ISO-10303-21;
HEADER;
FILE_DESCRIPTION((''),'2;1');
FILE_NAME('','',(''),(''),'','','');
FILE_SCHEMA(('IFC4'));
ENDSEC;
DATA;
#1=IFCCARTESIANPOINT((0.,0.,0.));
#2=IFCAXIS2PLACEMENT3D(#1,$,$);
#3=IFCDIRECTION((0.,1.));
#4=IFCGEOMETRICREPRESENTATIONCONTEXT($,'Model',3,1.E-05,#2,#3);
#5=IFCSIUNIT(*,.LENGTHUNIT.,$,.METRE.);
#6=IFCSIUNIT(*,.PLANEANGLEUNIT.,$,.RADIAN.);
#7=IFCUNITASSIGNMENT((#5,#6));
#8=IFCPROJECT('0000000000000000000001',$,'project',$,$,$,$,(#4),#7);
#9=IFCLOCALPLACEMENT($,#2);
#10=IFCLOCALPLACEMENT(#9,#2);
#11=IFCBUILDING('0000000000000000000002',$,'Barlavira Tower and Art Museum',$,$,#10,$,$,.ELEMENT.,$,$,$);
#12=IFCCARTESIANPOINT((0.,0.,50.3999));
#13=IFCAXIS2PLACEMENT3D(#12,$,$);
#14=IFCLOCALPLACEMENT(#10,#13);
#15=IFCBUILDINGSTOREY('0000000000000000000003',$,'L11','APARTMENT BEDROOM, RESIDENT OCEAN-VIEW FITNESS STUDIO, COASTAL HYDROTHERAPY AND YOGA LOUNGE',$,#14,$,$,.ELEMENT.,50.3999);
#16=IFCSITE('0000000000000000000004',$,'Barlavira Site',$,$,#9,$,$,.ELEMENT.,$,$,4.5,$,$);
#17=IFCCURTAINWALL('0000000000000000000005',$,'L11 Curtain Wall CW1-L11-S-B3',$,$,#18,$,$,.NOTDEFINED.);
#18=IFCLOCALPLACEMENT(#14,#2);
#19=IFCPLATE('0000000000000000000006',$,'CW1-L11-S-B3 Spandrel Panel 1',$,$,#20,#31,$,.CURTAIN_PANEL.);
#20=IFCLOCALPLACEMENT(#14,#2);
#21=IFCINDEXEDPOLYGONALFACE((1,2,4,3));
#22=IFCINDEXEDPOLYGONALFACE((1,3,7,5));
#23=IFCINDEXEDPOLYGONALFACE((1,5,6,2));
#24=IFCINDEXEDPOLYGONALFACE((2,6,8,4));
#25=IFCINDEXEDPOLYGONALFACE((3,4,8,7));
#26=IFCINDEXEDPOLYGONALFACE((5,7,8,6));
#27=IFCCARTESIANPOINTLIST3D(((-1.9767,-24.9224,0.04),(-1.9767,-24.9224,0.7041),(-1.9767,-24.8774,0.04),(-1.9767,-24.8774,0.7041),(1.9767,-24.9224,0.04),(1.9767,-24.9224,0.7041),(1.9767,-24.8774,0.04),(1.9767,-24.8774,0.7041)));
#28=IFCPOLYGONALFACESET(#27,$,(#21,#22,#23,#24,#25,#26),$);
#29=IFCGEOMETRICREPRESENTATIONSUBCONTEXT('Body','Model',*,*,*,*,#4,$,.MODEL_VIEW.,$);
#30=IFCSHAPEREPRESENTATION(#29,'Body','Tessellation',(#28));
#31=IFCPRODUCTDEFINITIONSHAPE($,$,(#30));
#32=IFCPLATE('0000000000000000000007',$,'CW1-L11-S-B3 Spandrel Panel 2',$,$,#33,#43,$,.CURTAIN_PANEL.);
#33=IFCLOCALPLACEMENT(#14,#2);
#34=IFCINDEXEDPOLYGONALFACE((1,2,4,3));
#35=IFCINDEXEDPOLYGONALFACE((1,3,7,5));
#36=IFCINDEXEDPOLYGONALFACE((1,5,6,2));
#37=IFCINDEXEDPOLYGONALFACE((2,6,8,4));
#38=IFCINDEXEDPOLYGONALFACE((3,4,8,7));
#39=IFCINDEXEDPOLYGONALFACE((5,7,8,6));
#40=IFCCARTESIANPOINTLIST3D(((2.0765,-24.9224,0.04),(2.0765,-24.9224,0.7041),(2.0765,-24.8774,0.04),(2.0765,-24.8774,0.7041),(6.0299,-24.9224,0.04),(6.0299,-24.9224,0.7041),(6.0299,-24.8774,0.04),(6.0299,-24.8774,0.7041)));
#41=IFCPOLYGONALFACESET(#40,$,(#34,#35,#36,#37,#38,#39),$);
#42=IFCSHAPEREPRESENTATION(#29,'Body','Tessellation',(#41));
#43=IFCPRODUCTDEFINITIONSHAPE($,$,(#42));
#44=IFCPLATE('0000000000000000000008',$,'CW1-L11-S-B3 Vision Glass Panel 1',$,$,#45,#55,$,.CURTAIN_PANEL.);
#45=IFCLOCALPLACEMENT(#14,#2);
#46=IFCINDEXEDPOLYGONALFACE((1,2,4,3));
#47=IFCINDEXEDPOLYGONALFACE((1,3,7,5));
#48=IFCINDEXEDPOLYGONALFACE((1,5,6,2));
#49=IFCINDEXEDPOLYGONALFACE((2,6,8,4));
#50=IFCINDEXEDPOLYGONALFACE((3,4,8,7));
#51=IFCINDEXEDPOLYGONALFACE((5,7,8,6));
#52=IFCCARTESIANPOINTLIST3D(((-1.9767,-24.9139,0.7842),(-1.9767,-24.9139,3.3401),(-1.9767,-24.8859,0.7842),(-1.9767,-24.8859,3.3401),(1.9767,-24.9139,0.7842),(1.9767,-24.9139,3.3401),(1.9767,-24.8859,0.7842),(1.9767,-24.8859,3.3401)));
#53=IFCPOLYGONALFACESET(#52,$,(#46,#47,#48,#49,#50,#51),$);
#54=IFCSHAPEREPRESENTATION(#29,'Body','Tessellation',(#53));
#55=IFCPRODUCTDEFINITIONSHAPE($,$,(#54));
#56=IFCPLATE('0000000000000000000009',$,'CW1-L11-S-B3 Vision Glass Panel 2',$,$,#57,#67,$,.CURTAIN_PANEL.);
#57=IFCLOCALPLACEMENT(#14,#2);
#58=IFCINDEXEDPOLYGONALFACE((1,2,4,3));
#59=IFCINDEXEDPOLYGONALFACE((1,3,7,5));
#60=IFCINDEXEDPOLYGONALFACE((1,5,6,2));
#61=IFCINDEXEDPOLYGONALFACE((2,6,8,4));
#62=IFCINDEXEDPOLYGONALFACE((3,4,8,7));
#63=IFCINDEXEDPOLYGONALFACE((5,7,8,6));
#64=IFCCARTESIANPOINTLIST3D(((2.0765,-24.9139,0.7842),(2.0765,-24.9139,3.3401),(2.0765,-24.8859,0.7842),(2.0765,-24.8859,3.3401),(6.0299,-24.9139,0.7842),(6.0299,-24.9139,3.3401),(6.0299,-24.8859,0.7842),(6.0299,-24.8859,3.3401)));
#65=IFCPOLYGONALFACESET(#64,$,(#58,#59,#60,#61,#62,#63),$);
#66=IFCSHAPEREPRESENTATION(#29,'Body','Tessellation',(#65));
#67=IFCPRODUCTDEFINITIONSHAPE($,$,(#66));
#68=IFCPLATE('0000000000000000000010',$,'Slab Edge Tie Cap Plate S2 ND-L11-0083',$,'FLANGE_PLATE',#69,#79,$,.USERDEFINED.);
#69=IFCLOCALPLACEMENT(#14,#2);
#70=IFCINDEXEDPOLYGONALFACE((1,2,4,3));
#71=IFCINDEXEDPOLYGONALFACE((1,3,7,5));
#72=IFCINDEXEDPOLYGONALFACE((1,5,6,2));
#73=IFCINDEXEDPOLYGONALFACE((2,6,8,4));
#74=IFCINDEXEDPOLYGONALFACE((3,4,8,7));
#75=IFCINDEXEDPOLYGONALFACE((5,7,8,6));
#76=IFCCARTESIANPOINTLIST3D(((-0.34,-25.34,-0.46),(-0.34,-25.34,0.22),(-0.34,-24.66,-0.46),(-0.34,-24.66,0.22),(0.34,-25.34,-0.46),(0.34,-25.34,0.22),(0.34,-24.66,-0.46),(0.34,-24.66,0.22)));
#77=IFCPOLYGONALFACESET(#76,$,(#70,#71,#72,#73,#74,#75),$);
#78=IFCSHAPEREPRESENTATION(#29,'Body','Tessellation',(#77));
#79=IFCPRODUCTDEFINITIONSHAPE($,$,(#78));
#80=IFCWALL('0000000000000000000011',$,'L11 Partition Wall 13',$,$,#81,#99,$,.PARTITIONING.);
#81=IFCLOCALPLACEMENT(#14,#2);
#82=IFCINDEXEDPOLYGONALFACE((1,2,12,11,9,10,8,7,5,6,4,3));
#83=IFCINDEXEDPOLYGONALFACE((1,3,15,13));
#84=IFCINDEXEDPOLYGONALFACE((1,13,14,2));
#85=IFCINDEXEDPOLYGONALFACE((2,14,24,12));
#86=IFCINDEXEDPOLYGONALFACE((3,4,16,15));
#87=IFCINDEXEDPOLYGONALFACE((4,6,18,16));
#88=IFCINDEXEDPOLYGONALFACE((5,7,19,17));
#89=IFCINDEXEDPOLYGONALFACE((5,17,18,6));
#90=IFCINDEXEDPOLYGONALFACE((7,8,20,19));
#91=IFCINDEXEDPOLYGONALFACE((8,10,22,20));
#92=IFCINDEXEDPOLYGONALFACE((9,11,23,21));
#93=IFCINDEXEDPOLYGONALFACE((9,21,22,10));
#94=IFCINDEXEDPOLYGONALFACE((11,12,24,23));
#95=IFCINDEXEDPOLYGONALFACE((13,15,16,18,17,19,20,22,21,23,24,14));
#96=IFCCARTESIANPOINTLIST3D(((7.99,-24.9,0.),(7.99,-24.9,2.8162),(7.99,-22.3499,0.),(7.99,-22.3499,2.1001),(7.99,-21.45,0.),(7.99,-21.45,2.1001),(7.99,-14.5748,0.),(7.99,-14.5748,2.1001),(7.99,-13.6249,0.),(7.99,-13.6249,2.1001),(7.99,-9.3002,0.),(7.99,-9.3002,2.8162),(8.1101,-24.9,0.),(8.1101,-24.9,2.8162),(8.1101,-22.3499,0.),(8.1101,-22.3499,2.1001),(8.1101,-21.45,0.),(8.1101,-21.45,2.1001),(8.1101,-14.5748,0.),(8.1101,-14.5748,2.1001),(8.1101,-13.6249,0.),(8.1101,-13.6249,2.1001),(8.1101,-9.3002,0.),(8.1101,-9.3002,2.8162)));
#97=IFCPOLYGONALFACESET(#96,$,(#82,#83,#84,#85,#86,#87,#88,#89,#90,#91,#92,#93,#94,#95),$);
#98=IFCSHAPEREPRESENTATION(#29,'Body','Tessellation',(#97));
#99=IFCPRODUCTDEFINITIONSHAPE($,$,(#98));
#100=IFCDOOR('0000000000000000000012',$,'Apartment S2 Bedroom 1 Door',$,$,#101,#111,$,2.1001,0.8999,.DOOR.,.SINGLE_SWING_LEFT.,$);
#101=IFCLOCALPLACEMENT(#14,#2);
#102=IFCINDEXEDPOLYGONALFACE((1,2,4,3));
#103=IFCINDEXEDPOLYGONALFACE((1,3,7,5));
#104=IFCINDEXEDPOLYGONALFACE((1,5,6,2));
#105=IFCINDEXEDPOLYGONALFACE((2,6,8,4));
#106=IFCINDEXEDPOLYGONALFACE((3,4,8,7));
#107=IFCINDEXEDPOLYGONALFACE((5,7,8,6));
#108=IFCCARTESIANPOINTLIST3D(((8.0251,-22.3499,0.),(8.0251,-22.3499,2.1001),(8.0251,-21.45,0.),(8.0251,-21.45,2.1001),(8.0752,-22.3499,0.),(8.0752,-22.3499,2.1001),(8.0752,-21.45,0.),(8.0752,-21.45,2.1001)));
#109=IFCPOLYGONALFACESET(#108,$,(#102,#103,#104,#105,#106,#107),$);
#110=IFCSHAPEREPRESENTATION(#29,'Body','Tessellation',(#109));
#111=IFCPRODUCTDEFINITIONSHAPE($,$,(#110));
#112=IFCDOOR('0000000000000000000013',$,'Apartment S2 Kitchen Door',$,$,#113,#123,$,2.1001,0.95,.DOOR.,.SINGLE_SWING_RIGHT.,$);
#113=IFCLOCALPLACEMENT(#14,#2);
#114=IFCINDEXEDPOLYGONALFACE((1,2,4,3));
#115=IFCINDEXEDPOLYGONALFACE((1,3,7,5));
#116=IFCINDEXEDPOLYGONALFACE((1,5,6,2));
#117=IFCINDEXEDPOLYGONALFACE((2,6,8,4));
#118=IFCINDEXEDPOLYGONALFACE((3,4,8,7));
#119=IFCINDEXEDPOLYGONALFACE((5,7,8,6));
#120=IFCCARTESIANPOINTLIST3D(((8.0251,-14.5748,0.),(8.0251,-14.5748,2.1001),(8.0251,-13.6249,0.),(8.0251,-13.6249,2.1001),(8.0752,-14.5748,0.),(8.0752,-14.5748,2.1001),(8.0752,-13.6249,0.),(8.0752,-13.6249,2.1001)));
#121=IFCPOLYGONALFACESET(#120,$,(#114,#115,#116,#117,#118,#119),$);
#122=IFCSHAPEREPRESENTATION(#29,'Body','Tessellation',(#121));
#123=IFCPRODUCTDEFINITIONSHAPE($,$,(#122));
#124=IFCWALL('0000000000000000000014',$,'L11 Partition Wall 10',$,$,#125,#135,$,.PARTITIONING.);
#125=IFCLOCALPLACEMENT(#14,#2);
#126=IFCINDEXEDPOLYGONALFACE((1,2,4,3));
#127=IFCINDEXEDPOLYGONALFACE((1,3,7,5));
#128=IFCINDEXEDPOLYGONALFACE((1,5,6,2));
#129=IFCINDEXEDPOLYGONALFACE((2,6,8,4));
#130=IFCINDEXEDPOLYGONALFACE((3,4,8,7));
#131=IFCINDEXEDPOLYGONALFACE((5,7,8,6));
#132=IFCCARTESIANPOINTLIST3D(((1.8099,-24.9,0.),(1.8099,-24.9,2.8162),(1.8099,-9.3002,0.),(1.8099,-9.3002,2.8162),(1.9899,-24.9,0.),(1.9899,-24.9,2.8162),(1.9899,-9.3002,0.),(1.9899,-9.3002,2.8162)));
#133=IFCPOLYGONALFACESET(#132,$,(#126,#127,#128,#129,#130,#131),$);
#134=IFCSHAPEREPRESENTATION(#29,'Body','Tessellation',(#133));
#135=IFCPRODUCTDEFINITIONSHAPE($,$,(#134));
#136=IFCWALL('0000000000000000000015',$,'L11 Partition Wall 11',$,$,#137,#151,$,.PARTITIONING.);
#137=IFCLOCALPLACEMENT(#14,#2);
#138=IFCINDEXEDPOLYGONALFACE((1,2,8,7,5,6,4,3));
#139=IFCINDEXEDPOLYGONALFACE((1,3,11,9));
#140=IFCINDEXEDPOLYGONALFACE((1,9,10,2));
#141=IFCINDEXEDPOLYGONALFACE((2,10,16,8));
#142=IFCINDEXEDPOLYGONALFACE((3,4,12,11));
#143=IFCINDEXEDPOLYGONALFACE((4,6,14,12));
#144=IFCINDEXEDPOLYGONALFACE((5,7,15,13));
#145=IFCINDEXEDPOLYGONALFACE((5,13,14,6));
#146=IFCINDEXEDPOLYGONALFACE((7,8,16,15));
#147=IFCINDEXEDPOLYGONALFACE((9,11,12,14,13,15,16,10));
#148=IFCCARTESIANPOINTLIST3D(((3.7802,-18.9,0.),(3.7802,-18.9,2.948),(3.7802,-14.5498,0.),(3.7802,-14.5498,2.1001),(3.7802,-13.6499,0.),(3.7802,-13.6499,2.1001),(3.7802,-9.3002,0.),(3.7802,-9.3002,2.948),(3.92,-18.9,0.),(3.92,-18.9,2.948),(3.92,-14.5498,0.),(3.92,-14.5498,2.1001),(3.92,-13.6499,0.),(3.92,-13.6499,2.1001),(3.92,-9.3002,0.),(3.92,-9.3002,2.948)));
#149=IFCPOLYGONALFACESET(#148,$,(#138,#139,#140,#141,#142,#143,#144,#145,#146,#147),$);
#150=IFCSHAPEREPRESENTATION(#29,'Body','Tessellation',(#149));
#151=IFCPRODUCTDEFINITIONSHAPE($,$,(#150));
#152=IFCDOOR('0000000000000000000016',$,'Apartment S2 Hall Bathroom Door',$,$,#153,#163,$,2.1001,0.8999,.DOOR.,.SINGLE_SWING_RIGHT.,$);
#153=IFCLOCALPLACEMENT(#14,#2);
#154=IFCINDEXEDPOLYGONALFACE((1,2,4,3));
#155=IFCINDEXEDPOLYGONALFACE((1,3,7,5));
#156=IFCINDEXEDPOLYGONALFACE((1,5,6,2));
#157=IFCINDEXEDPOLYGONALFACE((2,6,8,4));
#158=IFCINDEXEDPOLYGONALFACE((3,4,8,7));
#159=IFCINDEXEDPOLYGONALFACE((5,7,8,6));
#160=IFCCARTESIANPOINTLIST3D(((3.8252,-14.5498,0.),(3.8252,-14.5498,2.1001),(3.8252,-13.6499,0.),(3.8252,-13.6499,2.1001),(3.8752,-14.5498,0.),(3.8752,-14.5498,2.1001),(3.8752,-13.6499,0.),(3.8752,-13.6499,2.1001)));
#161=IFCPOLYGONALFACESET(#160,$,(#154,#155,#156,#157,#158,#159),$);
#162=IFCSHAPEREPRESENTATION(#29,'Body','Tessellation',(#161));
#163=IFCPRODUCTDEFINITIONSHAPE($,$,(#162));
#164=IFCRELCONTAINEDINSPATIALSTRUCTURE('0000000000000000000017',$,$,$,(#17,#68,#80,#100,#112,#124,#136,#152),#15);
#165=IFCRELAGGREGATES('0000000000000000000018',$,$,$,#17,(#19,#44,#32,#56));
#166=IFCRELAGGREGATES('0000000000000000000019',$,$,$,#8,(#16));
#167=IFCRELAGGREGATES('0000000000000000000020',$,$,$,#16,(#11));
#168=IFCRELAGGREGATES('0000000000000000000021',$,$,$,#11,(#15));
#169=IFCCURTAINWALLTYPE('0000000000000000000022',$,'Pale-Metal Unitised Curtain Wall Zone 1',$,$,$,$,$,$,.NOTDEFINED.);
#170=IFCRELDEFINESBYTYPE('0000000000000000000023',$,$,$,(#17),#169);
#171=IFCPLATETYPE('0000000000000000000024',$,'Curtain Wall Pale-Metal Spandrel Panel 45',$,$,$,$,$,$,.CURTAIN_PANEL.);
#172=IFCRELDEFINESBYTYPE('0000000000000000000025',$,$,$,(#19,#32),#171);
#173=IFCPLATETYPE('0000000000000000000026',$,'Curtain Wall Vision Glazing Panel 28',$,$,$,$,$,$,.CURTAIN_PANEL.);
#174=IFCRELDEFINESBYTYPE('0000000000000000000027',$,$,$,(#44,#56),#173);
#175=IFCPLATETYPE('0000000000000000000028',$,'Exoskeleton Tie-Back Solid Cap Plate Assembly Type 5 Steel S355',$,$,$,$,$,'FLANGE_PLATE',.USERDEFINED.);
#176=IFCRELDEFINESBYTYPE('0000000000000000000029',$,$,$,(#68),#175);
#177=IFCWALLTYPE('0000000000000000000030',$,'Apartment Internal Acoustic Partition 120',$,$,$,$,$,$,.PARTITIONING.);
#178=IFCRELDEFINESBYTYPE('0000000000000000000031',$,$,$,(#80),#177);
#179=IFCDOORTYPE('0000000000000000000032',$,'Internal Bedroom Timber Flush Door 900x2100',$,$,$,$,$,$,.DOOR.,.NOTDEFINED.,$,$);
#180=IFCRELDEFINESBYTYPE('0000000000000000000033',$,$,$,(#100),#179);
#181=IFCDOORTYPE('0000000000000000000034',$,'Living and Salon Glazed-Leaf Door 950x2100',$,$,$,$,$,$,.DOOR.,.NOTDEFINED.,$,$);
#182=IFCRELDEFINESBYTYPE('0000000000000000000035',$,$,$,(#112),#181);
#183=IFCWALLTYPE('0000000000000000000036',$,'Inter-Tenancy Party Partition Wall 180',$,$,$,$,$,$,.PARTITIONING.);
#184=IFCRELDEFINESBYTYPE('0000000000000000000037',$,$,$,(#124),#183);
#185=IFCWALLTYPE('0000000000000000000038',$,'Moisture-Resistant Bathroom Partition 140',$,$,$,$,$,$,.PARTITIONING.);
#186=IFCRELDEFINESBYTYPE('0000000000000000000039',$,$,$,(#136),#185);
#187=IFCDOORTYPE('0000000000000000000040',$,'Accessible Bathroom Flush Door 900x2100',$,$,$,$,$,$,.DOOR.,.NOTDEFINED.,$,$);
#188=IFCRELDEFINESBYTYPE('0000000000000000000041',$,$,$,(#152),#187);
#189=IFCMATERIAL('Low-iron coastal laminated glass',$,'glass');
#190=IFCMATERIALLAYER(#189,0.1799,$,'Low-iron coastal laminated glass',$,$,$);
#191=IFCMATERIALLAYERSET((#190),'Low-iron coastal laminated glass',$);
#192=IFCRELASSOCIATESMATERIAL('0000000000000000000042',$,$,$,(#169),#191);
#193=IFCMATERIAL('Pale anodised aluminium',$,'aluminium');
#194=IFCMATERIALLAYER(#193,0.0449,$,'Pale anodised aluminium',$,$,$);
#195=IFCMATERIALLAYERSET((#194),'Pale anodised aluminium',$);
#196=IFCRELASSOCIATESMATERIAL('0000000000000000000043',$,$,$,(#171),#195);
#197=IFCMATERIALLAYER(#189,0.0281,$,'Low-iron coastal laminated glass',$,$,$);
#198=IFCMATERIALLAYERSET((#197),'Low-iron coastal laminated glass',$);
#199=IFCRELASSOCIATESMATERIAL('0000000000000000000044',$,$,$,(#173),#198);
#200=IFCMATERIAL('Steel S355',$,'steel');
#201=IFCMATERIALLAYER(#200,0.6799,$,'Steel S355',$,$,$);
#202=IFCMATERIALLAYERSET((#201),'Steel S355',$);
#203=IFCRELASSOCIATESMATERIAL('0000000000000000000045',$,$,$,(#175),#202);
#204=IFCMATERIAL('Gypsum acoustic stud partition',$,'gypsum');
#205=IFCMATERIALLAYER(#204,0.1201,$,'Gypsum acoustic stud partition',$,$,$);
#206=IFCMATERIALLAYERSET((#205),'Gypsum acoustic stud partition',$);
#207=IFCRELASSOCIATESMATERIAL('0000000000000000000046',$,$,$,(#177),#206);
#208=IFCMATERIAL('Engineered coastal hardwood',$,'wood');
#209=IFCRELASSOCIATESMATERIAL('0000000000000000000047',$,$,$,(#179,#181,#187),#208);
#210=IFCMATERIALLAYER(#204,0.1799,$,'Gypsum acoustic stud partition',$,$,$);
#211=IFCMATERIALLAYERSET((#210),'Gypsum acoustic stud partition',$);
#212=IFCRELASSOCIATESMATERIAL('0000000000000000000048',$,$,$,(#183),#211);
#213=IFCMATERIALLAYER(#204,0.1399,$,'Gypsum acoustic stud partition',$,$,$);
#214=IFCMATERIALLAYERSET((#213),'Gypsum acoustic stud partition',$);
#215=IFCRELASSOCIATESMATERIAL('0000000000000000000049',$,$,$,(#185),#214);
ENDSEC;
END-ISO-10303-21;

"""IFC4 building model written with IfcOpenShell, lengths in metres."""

from ifc_helpers import new_model, si_unit, direction, frame, frame_2d, origin, origin_2d, place, context, subcontext, project, spatial, rectangle, extrude, material, layer, layer_set, type_object, element, fill, aggregate, save


model = new_model("IFC4")

# Units and contexts
model_context = context("Model", 3, precision=1e-05, world=origin(), true_north=direction((0.0, 1.0)))
body_context = subcontext(model_context, "Body", "Model", "MODEL_VIEW")
ifc_project = project(units=[si_unit("LENGTHUNIT", "METRE"), si_unit("PLANEANGLEUNIT", "RADIAN")], contexts=[model_context])

# Site, building, storey
site_placement = place(None, origin())
site = spatial("IfcSite", under=ifc_project, at=site_placement, Name="Barlavira Site", CompositionType="ELEMENT", RefElevation=4.5)
building_placement = place(site_placement, origin())
building = spatial("IfcBuilding", under=site, at=building_placement, Name="Barlavira Tower and Art Museum", CompositionType="ELEMENT")
storey_placement = place(building_placement, frame((0.0, 0.0, 50.3999)))
storey = spatial("IfcBuildingStorey", under=building, at=storey_placement, Name="L11", Description="APARTMENT BEDROOM, RESIDENT OCEAN-VIEW FITNESS STUDIO, COASTAL HYDROTHERAPY AND YOGA LOUNGE", CompositionType="ELEMENT", Elevation=50.3999)

# Curtain wall
ifc_material_1 = material(Name="Low-iron coastal laminated glass", Category="glass")
ifc_layer_1 = layer(ifc_material_1, 0.1799, Name="Low-iron coastal laminated glass")
ifc_layer_set_1 = layer_set([ifc_layer_1], Name="Low-iron coastal laminated glass")
curtain_wall_type = type_object("IfcCurtainWallType", Name="Pale-Metal Unitised Curtain Wall Zone 1", PredefinedType="NOTDEFINED", material=ifc_layer_set_1)
curtain_wall_placement = place(storey_placement, origin())
curtain_wall = element("IfcCurtainWall", 1, at=curtain_wall_placement, inside=storey, type_object=curtain_wall_type, Name="L11 Curtain Wall CW1-L11-S-B3", PredefinedType="NOTDEFINED")
ifc_material_2 = material(Name="Pale anodised aluminium", Category="aluminium")

# Shared definitions
ifc_material_3 = material(Name="Steel S355", Category="steel")

# Plates
ifc_layer_2 = layer(ifc_material_2, 0.0449, Name="Pale anodised aluminium")
ifc_layer_set_2 = layer_set([ifc_layer_2], Name="Pale anodised aluminium")
plate_type_1 = type_object("IfcPlateType", Name="Curtain Wall Pale-Metal Spandrel Panel 45", PredefinedType="CURTAIN_PANEL", material=ifc_layer_set_2)
plate_1_placement = place(storey_placement, frame((0.0, -24.8999, 0.04), z_axis=(0.0, 0.0, 1.0), x_axis=(1.0, 0.0, 0.0)))
plate_1 = element("IfcPlate", 2, at=plate_1_placement, type_object=plate_type_1, Name="CW1-L11-S-B3 Spandrel Panel 1", PredefinedType="CURTAIN_PANEL", context=body_context, shape_type="SweptSolid", body=[
    extrude(rectangle(XDim=3.9534, YDim=0.0449, at=origin_2d()), origin(), (0.0, 0.0, 1.0), 0.6641),
])
plate_2_placement = place(storey_placement, frame((4.0532, -24.8999, 0.04), z_axis=(0.0, 0.0, 1.0), x_axis=(1.0, 0.0, 0.0)))
plate_2 = element("IfcPlate", 3, at=plate_2_placement, type_object=plate_type_1, Name="CW1-L11-S-B3 Spandrel Panel 2", PredefinedType="CURTAIN_PANEL", context=body_context, shape_type="SweptSolid", body=[
    extrude(rectangle(XDim=3.9534, YDim=0.0449, at=origin_2d()), origin(), (0.0, 0.0, 1.0), 0.6641),
])
ifc_layer_3 = layer(ifc_material_1, 0.0281, Name="Low-iron coastal laminated glass")
ifc_layer_set_3 = layer_set([ifc_layer_3], Name="Low-iron coastal laminated glass")
plate_type_2 = type_object("IfcPlateType", Name="Curtain Wall Vision Glazing Panel 28", PredefinedType="CURTAIN_PANEL", material=ifc_layer_set_3)
plate_3_placement = place(storey_placement, frame((0.0, -24.8999, 0.7842), z_axis=(0.0, 0.0, 1.0), x_axis=(1.0, 0.0, 0.0)))
plate_3 = element("IfcPlate", 4, at=plate_3_placement, type_object=plate_type_2, Name="CW1-L11-S-B3 Vision Glass Panel 1", PredefinedType="CURTAIN_PANEL", context=body_context, shape_type="SweptSolid", body=[
    extrude(rectangle(XDim=3.9534, YDim=0.0281, at=origin_2d()), origin(), (0.0, 0.0, 1.0), 2.5559),
])
plate_4_placement = place(storey_placement, frame((4.0532, -24.8999, 0.7842), z_axis=(0.0, 0.0, 1.0), x_axis=(1.0, 0.0, 0.0)))
plate_4 = element("IfcPlate", 5, at=plate_4_placement, type_object=plate_type_2, Name="CW1-L11-S-B3 Vision Glass Panel 2", PredefinedType="CURTAIN_PANEL", context=body_context, shape_type="SweptSolid", body=[
    extrude(rectangle(XDim=3.9534, YDim=0.0281, at=origin_2d()), origin(), (0.0, 0.0, 1.0), 2.5559),
])
aggregate(curtain_wall, [plate_1, plate_3, plate_2, plate_4])
ifc_layer_4 = layer(ifc_material_3, 0.6799, Name="Steel S355")
ifc_layer_set_4 = layer_set([ifc_layer_4], Name="Steel S355")
plate_type_3 = type_object("IfcPlateType", Name="Exoskeleton Tie-Back Solid Cap Plate Assembly Type 5 Steel S355", ElementType="FLANGE_PLATE", PredefinedType="USERDEFINED", material=ifc_layer_set_4)
plate_5_placement = place(storey_placement, frame((0.0, -25.0, -0.46), z_axis=(0.0, 0.0, 1.0), x_axis=(1.0, 0.0, 0.0)))
element("IfcPlate", 6, at=plate_5_placement, inside=storey, type_object=plate_type_3, Name="Slab Edge Tie Cap Plate S2 ND-L11-0083", ObjectType="FLANGE_PLATE", PredefinedType="USERDEFINED", context=body_context, shape_type="SweptSolid", body=[
    extrude(rectangle(XDim=0.6799, YDim=0.6799, at=origin_2d()), origin(), (0.0, 0.0, 1.0), 0.6799),
])

# Wall, openings, doors
ifc_material_4 = material(Name="Gypsum acoustic stud partition", Category="gypsum")
ifc_layer_5 = layer(ifc_material_4, 0.1201, Name="Gypsum acoustic stud partition")
ifc_layer_set_5 = layer_set([ifc_layer_5], Name="Gypsum acoustic stud partition")
wall_type_1 = type_object("IfcWallType", Name="Apartment Internal Acoustic Partition 120", PredefinedType="PARTITIONING", material=ifc_layer_set_5)
wall_1_placement = place(storey_placement, frame((8.05, -24.8999, 0.0), z_axis=(0.0, 0.0, 1.0), x_axis=(0.0, 1.0, 0.0)))
wall_1 = element("IfcWall", 7, at=wall_1_placement, inside=storey, type_object=wall_type_1, Name="L11 Partition Wall 13", PredefinedType="PARTITIONING", context=body_context, shape_type="SweptSolid", body=[
    extrude(rectangle(XDim=15.5999, YDim=0.1201, at=frame_2d((7.7998, 0.0))), origin(), (0.0, 0.0, 1.0), 2.8162),
])
opening_1_placement = place(wall_1_placement, frame((10.325, 0.0, 0.0)))
opening_1 = element("IfcOpeningElement", 8, at=opening_1_placement, cuts=wall_1, PredefinedType="OPENING", context=body_context, shape_type="SweptSolid", body=[
    extrude(rectangle(XDim=0.95, YDim=2.1001, at=frame_2d((0.4751, 1.05))), frame((0.0, 0.0701, 0.0), z_axis=(0.0, -1.0, 0.0), x_axis=(1.0, 0.0, 0.0)), (0.0, 0.0, 1.0), 0.1401),
])
opening_2_placement = place(wall_1_placement, frame((2.55, 0.0, 0.0)))
opening_2 = element("IfcOpeningElement", 9, at=opening_2_placement, cuts=wall_1, PredefinedType="OPENING", context=body_context, shape_type="SweptSolid", body=[
    extrude(rectangle(XDim=0.8999, YDim=2.1001, at=frame_2d((0.45, 1.05))), frame((0.0, 0.0701, 0.0), z_axis=(0.0, -1.0, 0.0), x_axis=(1.0, 0.0, 0.0)), (0.0, 0.0, 1.0), 0.1401),
])
ifc_material_5 = material(Name="Engineered coastal hardwood", Category="wood")
door_type_1 = type_object("IfcDoorType", Name="Internal Bedroom Timber Flush Door 900x2100", OperationType="NOTDEFINED", PredefinedType="DOOR", material=ifc_material_5)
door_1_placement = place(opening_2_placement, origin())
door_1 = element("IfcDoor", 10, at=door_1_placement, inside=storey, type_object=door_type_1, Name="Apartment S2 Bedroom 1 Door", OperationType="SINGLE_SWING_LEFT", OverallHeight=2.1001, OverallWidth=0.8999, PredefinedType="DOOR", context=body_context, shape_type="SweptSolid", body=[
    extrude(rectangle(XDim=0.8999, YDim=2.1001, at=frame_2d((0.45, 1.05))), frame((0.0, 0.0249, 0.0), z_axis=(0.0, -1.0, 0.0), x_axis=(1.0, 0.0, 0.0)), (0.0, 0.0, 1.0), 0.05),
])
fill(opening_2, door_1)
door_type_2 = type_object("IfcDoorType", Name="Living and Salon Glazed-Leaf Door 950x2100", OperationType="NOTDEFINED", PredefinedType="DOOR", material=ifc_material_5)
door_2_placement = place(opening_1_placement, origin())
door_2 = element("IfcDoor", 11, at=door_2_placement, inside=storey, type_object=door_type_2, Name="Apartment S2 Kitchen Door", OperationType="SINGLE_SWING_RIGHT", OverallHeight=2.1001, OverallWidth=0.95, PredefinedType="DOOR", context=body_context, shape_type="SweptSolid", body=[
    extrude(rectangle(XDim=0.95, YDim=2.1001, at=frame_2d((0.4751, 1.05))), frame((0.0, 0.0249, 0.0), z_axis=(0.0, -1.0, 0.0), x_axis=(1.0, 0.0, 0.0)), (0.0, 0.0, 1.0), 0.05),
])
fill(opening_1, door_2)

# Wall
ifc_layer_6 = layer(ifc_material_4, 0.1799, Name="Gypsum acoustic stud partition")
ifc_layer_set_6 = layer_set([ifc_layer_6], Name="Gypsum acoustic stud partition")
wall_type_2 = type_object("IfcWallType", Name="Inter-Tenancy Party Partition Wall 180", PredefinedType="PARTITIONING", material=ifc_layer_set_6)
wall_2_placement = place(storey_placement, frame((1.8999, -24.8999, 0.0), z_axis=(0.0, 0.0, 1.0), x_axis=(0.0, 1.0, 0.0)))
element("IfcWall", 12, at=wall_2_placement, inside=storey, type_object=wall_type_2, Name="L11 Partition Wall 10", PredefinedType="PARTITIONING", context=body_context, shape_type="SweptSolid", body=[
    extrude(rectangle(XDim=15.5999, YDim=0.1799, at=frame_2d((7.7998, 0.0))), origin(), (0.0, 0.0, 1.0), 2.8162),
])

# Wall, opening, door
ifc_layer_7 = layer(ifc_material_4, 0.1399, Name="Gypsum acoustic stud partition")
ifc_layer_set_7 = layer_set([ifc_layer_7], Name="Gypsum acoustic stud partition")
wall_type_3 = type_object("IfcWallType", Name="Moisture-Resistant Bathroom Partition 140", PredefinedType="PARTITIONING", material=ifc_layer_set_7)
wall_3_placement = place(storey_placement, frame((3.8501, -18.8999, 0.0), z_axis=(0.0, 0.0, 1.0), x_axis=(0.0, 1.0, 0.0)))
wall_3 = element("IfcWall", 13, at=wall_3_placement, inside=storey, type_object=wall_type_3, Name="L11 Partition Wall 11", PredefinedType="PARTITIONING", context=body_context, shape_type="SweptSolid", body=[
    extrude(rectangle(XDim=9.5999, YDim=0.1399, at=frame_2d((4.7998, 0.0))), origin(), (0.0, 0.0, 1.0), 2.948),
])
opening_3_placement = place(wall_3_placement, frame((4.3501, 0.0, 0.0)))
opening_3 = element("IfcOpeningElement", 14, at=opening_3_placement, cuts=wall_3, PredefinedType="OPENING", context=body_context, shape_type="SweptSolid", body=[
    extrude(rectangle(XDim=0.8999, YDim=2.1001, at=frame_2d((0.45, 1.05))), frame((0.0, 0.0801, 0.0), z_axis=(0.0, -1.0, 0.0), x_axis=(1.0, 0.0, 0.0)), (0.0, 0.0, 1.0), 0.1599),
])
door_type_3 = type_object("IfcDoorType", Name="Accessible Bathroom Flush Door 900x2100", OperationType="NOTDEFINED", PredefinedType="DOOR", material=ifc_material_5)
door_3_placement = place(opening_3_placement, origin())
door_3 = element("IfcDoor", 15, at=door_3_placement, inside=storey, type_object=door_type_3, Name="Apartment S2 Hall Bathroom Door", OperationType="SINGLE_SWING_RIGHT", OverallHeight=2.1001, OverallWidth=0.8999, PredefinedType="DOOR", context=body_context, shape_type="SweptSolid", body=[
    extrude(rectangle(XDim=0.8999, YDim=2.1001, at=frame_2d((0.45, 1.05))), frame((0.0, 0.0249, 0.0), z_axis=(0.0, -1.0, 0.0), x_axis=(1.0, 0.0, 0.0)), (0.0, 0.0, 1.0), 0.05),
])
fill(opening_3, door_3)

save(model, "model.ifc")
